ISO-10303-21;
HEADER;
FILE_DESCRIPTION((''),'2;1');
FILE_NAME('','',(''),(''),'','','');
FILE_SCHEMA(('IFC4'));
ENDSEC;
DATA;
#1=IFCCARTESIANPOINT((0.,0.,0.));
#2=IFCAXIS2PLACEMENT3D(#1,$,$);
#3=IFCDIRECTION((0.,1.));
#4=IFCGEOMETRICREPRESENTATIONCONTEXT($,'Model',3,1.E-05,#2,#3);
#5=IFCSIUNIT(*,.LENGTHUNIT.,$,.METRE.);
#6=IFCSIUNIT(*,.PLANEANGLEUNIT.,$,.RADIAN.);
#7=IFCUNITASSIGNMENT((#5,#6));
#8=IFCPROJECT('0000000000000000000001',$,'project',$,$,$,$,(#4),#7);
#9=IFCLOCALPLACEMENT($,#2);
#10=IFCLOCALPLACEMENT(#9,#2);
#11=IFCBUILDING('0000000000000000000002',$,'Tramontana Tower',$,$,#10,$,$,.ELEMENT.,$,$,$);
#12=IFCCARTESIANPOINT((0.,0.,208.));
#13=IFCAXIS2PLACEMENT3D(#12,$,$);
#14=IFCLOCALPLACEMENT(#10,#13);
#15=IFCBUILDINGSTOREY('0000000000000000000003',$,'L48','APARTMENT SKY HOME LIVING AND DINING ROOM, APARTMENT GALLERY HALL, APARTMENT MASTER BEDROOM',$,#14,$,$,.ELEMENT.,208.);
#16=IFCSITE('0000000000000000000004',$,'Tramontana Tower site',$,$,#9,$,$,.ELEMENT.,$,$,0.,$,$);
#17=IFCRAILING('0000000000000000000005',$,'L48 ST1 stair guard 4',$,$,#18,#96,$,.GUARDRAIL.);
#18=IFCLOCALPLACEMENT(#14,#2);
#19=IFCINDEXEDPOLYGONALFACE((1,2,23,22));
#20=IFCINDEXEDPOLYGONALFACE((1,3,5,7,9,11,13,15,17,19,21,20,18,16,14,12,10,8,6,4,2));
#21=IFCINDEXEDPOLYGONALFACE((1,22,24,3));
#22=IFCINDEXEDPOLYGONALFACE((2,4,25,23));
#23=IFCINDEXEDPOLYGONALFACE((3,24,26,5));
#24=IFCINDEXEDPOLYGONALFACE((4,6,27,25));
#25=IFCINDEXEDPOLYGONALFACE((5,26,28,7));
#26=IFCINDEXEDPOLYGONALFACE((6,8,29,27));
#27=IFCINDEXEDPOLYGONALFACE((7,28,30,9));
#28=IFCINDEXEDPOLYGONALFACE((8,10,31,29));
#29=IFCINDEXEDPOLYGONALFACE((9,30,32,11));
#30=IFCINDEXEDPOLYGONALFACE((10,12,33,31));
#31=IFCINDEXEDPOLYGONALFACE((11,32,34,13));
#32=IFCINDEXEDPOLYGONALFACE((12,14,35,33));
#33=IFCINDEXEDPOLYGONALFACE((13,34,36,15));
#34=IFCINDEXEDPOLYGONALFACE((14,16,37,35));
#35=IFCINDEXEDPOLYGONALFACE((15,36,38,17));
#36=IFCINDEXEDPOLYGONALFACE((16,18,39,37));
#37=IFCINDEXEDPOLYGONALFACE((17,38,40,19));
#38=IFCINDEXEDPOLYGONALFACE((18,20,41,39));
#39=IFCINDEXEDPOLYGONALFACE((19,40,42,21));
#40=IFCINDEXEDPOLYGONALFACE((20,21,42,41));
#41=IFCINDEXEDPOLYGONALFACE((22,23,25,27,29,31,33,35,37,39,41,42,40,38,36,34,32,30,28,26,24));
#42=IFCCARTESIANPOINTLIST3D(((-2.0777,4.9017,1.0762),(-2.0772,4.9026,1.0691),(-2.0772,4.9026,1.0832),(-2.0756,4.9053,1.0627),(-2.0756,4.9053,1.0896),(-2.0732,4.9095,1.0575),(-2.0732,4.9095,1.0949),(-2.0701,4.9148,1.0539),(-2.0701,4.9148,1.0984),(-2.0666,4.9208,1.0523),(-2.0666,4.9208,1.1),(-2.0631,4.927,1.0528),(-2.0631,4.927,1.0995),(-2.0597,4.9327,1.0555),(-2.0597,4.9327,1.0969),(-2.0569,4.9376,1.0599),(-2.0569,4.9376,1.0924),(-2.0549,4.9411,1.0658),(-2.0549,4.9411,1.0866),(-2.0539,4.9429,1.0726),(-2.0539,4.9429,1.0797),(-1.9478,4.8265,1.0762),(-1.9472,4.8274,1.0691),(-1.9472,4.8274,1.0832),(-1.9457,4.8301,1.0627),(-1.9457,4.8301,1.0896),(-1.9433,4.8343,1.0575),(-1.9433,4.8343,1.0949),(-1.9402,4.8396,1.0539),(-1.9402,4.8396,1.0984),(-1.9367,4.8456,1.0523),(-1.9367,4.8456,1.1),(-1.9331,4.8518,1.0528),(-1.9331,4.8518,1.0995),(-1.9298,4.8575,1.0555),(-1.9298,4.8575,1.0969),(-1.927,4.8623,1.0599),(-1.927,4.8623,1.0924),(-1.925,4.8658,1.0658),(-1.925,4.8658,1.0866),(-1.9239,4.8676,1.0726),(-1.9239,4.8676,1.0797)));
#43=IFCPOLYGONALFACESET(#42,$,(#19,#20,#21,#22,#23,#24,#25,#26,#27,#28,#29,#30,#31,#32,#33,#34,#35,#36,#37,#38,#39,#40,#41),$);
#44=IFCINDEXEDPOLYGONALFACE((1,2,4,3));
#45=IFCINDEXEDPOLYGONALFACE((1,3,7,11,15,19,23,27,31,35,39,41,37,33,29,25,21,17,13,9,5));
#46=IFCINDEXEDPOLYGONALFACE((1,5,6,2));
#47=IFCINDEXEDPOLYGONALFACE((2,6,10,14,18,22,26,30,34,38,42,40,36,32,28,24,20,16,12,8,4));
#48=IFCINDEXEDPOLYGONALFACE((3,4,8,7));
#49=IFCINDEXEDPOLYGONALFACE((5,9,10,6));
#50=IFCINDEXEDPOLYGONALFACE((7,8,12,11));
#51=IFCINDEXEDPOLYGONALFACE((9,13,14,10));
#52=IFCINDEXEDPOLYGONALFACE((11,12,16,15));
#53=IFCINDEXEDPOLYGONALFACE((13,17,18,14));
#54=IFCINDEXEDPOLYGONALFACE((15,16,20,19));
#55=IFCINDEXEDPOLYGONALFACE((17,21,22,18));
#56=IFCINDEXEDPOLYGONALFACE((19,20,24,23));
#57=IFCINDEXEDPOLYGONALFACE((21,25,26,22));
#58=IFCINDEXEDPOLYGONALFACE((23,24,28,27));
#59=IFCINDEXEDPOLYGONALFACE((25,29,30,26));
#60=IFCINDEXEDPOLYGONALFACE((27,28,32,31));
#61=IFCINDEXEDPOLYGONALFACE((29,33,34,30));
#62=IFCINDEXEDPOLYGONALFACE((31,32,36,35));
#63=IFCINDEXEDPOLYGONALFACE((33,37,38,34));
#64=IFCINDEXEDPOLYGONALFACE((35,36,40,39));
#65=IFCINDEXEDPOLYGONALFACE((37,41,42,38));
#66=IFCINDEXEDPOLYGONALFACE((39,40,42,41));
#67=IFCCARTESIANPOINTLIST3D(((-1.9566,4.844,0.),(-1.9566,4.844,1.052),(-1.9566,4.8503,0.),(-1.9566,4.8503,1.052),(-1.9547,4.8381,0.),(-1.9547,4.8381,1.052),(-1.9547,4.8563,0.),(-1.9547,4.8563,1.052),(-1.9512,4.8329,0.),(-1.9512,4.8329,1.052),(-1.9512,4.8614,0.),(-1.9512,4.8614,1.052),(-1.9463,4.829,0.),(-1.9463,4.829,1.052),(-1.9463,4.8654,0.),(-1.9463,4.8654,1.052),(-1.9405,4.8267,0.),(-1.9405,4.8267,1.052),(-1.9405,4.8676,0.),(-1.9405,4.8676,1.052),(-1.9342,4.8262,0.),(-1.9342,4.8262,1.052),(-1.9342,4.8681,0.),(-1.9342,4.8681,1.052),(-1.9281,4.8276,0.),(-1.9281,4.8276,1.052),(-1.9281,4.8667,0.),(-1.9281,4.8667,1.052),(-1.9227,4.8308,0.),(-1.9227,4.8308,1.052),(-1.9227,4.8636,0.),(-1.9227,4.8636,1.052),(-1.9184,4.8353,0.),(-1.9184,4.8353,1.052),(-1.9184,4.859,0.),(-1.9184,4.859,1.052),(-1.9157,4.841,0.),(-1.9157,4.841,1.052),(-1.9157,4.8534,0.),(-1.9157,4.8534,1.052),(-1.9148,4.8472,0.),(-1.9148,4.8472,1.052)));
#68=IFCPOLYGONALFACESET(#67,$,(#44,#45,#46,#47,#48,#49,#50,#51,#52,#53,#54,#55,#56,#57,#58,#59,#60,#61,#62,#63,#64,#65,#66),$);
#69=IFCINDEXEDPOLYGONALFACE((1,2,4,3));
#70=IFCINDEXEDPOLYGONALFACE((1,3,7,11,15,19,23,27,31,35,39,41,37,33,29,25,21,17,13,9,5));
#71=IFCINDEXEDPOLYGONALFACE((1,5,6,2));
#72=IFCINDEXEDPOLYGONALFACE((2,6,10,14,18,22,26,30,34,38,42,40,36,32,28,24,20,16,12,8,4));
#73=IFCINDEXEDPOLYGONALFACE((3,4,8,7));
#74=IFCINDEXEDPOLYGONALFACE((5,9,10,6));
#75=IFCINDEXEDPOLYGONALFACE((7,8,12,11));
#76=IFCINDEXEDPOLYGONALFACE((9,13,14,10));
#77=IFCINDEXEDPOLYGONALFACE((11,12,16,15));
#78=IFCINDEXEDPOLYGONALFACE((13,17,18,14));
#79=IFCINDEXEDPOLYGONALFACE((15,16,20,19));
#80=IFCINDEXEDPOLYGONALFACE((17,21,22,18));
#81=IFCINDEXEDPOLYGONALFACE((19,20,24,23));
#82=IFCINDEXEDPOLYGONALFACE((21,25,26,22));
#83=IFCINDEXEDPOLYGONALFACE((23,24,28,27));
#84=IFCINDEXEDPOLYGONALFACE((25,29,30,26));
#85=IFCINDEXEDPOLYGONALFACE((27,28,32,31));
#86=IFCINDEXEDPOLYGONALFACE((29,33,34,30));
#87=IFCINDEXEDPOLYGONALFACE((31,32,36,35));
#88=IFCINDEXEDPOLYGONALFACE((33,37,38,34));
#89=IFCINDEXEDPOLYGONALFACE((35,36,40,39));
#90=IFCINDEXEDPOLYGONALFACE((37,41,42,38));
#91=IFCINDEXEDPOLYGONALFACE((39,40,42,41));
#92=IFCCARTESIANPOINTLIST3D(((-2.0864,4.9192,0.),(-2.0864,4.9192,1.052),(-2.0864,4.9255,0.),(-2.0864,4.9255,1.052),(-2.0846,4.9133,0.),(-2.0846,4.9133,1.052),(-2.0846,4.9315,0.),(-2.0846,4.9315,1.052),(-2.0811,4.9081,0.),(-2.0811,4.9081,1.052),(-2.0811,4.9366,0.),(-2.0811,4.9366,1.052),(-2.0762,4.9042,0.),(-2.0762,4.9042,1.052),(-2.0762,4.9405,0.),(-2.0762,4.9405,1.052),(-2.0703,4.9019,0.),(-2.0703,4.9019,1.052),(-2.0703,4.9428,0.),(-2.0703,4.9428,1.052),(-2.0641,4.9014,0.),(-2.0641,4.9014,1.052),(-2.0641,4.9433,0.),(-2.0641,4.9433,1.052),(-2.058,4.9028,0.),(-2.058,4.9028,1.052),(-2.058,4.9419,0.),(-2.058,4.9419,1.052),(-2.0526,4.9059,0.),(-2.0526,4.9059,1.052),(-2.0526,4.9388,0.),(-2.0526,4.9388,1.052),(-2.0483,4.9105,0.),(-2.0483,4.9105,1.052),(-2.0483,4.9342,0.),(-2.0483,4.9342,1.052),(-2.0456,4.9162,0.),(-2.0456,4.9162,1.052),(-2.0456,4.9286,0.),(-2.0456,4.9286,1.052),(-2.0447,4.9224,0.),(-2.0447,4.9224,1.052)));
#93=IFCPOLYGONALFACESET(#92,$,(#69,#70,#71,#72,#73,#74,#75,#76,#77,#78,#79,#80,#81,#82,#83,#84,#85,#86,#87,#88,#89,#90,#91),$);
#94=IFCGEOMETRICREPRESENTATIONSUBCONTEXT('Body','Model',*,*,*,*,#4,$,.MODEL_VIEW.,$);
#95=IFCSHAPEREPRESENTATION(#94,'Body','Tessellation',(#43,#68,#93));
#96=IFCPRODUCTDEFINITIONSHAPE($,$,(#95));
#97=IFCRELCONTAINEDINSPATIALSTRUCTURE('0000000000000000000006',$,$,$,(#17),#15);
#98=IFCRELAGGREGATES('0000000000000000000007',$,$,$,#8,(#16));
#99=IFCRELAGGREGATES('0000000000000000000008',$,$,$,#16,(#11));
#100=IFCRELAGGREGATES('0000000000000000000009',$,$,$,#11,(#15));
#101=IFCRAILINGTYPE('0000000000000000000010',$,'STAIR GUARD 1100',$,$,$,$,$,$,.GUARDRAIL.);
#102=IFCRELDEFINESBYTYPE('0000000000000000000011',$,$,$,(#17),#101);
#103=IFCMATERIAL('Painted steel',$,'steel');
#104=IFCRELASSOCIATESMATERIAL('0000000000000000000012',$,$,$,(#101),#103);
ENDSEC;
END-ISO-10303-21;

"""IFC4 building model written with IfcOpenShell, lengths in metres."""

from ifc_helpers import new_model, si_unit, direction, frame, origin, origin_2d, place, context, subcontext, project, spatial, circle, extrude, material, type_object, element, save


model = new_model("IFC4")

# Units and contexts
model_context = context("Model", 3, precision=1e-05, world=origin(), true_north=direction((0.0, 1.0)))
body_context = subcontext(model_context, "Body", "Model", "MODEL_VIEW")
ifc_project = project(units=[si_unit("LENGTHUNIT", "METRE"), si_unit("PLANEANGLEUNIT", "RADIAN")], contexts=[model_context])

# Site, building, storey
site_placement = place(None, origin())
site = spatial("IfcSite", under=ifc_project, at=site_placement, Name="Tramontana Tower site", CompositionType="ELEMENT", RefElevation=0.0)
building_placement = place(site_placement, origin())
building = spatial("IfcBuilding", under=site, at=building_placement, Name="Tramontana Tower", CompositionType="ELEMENT")
storey_placement = place(building_placement, frame((0.0, 0.0, 208.0)))
storey = spatial("IfcBuildingStorey", under=building, at=storey_placement, Name="L48", Description="APARTMENT SKY HOME LIVING AND DINING ROOM, APARTMENT GALLERY HALL, APARTMENT MASTER BEDROOM", CompositionType="ELEMENT", Elevation=208.0)

# Railing
ifc_material_1 = material(Name="Painted steel", Category="steel")
railing_type_1 = type_object("IfcRailingType", Name="STAIR GUARD 1100", PredefinedType="GUARDRAIL", material=ifc_material_1)
railing_1_placement = place(storey_placement, frame((-1.9358, 4.8472, 0.0)))
element("IfcRailing", 1, at=railing_1_placement, inside=storey, type_object=railing_type_1, Name="L48 ST1 stair guard 4", PredefinedType="GUARDRAIL", context=body_context, shape_type="SweptSolid", body=[
    extrude(circle(Radius=0.0239, at=origin_2d()), frame((0.0, 0.0, 1.0762), z_axis=(-0.865426, 0.501036, 0.0), x_axis=(-0.501036, -0.865426, 0.0)), (0.0, 0.0, 1.0), 0.1501),
    extrude(circle(Radius=0.021, at=origin_2d()), origin(), (0.0, 0.0, 1.0), 1.052),
    extrude(circle(Radius=0.021, at=origin_2d()), frame((-0.1299, 0.0752, 0.0)), (0.0, 0.0, 1.0), 1.052),
])

save(model, "model.ifc")
